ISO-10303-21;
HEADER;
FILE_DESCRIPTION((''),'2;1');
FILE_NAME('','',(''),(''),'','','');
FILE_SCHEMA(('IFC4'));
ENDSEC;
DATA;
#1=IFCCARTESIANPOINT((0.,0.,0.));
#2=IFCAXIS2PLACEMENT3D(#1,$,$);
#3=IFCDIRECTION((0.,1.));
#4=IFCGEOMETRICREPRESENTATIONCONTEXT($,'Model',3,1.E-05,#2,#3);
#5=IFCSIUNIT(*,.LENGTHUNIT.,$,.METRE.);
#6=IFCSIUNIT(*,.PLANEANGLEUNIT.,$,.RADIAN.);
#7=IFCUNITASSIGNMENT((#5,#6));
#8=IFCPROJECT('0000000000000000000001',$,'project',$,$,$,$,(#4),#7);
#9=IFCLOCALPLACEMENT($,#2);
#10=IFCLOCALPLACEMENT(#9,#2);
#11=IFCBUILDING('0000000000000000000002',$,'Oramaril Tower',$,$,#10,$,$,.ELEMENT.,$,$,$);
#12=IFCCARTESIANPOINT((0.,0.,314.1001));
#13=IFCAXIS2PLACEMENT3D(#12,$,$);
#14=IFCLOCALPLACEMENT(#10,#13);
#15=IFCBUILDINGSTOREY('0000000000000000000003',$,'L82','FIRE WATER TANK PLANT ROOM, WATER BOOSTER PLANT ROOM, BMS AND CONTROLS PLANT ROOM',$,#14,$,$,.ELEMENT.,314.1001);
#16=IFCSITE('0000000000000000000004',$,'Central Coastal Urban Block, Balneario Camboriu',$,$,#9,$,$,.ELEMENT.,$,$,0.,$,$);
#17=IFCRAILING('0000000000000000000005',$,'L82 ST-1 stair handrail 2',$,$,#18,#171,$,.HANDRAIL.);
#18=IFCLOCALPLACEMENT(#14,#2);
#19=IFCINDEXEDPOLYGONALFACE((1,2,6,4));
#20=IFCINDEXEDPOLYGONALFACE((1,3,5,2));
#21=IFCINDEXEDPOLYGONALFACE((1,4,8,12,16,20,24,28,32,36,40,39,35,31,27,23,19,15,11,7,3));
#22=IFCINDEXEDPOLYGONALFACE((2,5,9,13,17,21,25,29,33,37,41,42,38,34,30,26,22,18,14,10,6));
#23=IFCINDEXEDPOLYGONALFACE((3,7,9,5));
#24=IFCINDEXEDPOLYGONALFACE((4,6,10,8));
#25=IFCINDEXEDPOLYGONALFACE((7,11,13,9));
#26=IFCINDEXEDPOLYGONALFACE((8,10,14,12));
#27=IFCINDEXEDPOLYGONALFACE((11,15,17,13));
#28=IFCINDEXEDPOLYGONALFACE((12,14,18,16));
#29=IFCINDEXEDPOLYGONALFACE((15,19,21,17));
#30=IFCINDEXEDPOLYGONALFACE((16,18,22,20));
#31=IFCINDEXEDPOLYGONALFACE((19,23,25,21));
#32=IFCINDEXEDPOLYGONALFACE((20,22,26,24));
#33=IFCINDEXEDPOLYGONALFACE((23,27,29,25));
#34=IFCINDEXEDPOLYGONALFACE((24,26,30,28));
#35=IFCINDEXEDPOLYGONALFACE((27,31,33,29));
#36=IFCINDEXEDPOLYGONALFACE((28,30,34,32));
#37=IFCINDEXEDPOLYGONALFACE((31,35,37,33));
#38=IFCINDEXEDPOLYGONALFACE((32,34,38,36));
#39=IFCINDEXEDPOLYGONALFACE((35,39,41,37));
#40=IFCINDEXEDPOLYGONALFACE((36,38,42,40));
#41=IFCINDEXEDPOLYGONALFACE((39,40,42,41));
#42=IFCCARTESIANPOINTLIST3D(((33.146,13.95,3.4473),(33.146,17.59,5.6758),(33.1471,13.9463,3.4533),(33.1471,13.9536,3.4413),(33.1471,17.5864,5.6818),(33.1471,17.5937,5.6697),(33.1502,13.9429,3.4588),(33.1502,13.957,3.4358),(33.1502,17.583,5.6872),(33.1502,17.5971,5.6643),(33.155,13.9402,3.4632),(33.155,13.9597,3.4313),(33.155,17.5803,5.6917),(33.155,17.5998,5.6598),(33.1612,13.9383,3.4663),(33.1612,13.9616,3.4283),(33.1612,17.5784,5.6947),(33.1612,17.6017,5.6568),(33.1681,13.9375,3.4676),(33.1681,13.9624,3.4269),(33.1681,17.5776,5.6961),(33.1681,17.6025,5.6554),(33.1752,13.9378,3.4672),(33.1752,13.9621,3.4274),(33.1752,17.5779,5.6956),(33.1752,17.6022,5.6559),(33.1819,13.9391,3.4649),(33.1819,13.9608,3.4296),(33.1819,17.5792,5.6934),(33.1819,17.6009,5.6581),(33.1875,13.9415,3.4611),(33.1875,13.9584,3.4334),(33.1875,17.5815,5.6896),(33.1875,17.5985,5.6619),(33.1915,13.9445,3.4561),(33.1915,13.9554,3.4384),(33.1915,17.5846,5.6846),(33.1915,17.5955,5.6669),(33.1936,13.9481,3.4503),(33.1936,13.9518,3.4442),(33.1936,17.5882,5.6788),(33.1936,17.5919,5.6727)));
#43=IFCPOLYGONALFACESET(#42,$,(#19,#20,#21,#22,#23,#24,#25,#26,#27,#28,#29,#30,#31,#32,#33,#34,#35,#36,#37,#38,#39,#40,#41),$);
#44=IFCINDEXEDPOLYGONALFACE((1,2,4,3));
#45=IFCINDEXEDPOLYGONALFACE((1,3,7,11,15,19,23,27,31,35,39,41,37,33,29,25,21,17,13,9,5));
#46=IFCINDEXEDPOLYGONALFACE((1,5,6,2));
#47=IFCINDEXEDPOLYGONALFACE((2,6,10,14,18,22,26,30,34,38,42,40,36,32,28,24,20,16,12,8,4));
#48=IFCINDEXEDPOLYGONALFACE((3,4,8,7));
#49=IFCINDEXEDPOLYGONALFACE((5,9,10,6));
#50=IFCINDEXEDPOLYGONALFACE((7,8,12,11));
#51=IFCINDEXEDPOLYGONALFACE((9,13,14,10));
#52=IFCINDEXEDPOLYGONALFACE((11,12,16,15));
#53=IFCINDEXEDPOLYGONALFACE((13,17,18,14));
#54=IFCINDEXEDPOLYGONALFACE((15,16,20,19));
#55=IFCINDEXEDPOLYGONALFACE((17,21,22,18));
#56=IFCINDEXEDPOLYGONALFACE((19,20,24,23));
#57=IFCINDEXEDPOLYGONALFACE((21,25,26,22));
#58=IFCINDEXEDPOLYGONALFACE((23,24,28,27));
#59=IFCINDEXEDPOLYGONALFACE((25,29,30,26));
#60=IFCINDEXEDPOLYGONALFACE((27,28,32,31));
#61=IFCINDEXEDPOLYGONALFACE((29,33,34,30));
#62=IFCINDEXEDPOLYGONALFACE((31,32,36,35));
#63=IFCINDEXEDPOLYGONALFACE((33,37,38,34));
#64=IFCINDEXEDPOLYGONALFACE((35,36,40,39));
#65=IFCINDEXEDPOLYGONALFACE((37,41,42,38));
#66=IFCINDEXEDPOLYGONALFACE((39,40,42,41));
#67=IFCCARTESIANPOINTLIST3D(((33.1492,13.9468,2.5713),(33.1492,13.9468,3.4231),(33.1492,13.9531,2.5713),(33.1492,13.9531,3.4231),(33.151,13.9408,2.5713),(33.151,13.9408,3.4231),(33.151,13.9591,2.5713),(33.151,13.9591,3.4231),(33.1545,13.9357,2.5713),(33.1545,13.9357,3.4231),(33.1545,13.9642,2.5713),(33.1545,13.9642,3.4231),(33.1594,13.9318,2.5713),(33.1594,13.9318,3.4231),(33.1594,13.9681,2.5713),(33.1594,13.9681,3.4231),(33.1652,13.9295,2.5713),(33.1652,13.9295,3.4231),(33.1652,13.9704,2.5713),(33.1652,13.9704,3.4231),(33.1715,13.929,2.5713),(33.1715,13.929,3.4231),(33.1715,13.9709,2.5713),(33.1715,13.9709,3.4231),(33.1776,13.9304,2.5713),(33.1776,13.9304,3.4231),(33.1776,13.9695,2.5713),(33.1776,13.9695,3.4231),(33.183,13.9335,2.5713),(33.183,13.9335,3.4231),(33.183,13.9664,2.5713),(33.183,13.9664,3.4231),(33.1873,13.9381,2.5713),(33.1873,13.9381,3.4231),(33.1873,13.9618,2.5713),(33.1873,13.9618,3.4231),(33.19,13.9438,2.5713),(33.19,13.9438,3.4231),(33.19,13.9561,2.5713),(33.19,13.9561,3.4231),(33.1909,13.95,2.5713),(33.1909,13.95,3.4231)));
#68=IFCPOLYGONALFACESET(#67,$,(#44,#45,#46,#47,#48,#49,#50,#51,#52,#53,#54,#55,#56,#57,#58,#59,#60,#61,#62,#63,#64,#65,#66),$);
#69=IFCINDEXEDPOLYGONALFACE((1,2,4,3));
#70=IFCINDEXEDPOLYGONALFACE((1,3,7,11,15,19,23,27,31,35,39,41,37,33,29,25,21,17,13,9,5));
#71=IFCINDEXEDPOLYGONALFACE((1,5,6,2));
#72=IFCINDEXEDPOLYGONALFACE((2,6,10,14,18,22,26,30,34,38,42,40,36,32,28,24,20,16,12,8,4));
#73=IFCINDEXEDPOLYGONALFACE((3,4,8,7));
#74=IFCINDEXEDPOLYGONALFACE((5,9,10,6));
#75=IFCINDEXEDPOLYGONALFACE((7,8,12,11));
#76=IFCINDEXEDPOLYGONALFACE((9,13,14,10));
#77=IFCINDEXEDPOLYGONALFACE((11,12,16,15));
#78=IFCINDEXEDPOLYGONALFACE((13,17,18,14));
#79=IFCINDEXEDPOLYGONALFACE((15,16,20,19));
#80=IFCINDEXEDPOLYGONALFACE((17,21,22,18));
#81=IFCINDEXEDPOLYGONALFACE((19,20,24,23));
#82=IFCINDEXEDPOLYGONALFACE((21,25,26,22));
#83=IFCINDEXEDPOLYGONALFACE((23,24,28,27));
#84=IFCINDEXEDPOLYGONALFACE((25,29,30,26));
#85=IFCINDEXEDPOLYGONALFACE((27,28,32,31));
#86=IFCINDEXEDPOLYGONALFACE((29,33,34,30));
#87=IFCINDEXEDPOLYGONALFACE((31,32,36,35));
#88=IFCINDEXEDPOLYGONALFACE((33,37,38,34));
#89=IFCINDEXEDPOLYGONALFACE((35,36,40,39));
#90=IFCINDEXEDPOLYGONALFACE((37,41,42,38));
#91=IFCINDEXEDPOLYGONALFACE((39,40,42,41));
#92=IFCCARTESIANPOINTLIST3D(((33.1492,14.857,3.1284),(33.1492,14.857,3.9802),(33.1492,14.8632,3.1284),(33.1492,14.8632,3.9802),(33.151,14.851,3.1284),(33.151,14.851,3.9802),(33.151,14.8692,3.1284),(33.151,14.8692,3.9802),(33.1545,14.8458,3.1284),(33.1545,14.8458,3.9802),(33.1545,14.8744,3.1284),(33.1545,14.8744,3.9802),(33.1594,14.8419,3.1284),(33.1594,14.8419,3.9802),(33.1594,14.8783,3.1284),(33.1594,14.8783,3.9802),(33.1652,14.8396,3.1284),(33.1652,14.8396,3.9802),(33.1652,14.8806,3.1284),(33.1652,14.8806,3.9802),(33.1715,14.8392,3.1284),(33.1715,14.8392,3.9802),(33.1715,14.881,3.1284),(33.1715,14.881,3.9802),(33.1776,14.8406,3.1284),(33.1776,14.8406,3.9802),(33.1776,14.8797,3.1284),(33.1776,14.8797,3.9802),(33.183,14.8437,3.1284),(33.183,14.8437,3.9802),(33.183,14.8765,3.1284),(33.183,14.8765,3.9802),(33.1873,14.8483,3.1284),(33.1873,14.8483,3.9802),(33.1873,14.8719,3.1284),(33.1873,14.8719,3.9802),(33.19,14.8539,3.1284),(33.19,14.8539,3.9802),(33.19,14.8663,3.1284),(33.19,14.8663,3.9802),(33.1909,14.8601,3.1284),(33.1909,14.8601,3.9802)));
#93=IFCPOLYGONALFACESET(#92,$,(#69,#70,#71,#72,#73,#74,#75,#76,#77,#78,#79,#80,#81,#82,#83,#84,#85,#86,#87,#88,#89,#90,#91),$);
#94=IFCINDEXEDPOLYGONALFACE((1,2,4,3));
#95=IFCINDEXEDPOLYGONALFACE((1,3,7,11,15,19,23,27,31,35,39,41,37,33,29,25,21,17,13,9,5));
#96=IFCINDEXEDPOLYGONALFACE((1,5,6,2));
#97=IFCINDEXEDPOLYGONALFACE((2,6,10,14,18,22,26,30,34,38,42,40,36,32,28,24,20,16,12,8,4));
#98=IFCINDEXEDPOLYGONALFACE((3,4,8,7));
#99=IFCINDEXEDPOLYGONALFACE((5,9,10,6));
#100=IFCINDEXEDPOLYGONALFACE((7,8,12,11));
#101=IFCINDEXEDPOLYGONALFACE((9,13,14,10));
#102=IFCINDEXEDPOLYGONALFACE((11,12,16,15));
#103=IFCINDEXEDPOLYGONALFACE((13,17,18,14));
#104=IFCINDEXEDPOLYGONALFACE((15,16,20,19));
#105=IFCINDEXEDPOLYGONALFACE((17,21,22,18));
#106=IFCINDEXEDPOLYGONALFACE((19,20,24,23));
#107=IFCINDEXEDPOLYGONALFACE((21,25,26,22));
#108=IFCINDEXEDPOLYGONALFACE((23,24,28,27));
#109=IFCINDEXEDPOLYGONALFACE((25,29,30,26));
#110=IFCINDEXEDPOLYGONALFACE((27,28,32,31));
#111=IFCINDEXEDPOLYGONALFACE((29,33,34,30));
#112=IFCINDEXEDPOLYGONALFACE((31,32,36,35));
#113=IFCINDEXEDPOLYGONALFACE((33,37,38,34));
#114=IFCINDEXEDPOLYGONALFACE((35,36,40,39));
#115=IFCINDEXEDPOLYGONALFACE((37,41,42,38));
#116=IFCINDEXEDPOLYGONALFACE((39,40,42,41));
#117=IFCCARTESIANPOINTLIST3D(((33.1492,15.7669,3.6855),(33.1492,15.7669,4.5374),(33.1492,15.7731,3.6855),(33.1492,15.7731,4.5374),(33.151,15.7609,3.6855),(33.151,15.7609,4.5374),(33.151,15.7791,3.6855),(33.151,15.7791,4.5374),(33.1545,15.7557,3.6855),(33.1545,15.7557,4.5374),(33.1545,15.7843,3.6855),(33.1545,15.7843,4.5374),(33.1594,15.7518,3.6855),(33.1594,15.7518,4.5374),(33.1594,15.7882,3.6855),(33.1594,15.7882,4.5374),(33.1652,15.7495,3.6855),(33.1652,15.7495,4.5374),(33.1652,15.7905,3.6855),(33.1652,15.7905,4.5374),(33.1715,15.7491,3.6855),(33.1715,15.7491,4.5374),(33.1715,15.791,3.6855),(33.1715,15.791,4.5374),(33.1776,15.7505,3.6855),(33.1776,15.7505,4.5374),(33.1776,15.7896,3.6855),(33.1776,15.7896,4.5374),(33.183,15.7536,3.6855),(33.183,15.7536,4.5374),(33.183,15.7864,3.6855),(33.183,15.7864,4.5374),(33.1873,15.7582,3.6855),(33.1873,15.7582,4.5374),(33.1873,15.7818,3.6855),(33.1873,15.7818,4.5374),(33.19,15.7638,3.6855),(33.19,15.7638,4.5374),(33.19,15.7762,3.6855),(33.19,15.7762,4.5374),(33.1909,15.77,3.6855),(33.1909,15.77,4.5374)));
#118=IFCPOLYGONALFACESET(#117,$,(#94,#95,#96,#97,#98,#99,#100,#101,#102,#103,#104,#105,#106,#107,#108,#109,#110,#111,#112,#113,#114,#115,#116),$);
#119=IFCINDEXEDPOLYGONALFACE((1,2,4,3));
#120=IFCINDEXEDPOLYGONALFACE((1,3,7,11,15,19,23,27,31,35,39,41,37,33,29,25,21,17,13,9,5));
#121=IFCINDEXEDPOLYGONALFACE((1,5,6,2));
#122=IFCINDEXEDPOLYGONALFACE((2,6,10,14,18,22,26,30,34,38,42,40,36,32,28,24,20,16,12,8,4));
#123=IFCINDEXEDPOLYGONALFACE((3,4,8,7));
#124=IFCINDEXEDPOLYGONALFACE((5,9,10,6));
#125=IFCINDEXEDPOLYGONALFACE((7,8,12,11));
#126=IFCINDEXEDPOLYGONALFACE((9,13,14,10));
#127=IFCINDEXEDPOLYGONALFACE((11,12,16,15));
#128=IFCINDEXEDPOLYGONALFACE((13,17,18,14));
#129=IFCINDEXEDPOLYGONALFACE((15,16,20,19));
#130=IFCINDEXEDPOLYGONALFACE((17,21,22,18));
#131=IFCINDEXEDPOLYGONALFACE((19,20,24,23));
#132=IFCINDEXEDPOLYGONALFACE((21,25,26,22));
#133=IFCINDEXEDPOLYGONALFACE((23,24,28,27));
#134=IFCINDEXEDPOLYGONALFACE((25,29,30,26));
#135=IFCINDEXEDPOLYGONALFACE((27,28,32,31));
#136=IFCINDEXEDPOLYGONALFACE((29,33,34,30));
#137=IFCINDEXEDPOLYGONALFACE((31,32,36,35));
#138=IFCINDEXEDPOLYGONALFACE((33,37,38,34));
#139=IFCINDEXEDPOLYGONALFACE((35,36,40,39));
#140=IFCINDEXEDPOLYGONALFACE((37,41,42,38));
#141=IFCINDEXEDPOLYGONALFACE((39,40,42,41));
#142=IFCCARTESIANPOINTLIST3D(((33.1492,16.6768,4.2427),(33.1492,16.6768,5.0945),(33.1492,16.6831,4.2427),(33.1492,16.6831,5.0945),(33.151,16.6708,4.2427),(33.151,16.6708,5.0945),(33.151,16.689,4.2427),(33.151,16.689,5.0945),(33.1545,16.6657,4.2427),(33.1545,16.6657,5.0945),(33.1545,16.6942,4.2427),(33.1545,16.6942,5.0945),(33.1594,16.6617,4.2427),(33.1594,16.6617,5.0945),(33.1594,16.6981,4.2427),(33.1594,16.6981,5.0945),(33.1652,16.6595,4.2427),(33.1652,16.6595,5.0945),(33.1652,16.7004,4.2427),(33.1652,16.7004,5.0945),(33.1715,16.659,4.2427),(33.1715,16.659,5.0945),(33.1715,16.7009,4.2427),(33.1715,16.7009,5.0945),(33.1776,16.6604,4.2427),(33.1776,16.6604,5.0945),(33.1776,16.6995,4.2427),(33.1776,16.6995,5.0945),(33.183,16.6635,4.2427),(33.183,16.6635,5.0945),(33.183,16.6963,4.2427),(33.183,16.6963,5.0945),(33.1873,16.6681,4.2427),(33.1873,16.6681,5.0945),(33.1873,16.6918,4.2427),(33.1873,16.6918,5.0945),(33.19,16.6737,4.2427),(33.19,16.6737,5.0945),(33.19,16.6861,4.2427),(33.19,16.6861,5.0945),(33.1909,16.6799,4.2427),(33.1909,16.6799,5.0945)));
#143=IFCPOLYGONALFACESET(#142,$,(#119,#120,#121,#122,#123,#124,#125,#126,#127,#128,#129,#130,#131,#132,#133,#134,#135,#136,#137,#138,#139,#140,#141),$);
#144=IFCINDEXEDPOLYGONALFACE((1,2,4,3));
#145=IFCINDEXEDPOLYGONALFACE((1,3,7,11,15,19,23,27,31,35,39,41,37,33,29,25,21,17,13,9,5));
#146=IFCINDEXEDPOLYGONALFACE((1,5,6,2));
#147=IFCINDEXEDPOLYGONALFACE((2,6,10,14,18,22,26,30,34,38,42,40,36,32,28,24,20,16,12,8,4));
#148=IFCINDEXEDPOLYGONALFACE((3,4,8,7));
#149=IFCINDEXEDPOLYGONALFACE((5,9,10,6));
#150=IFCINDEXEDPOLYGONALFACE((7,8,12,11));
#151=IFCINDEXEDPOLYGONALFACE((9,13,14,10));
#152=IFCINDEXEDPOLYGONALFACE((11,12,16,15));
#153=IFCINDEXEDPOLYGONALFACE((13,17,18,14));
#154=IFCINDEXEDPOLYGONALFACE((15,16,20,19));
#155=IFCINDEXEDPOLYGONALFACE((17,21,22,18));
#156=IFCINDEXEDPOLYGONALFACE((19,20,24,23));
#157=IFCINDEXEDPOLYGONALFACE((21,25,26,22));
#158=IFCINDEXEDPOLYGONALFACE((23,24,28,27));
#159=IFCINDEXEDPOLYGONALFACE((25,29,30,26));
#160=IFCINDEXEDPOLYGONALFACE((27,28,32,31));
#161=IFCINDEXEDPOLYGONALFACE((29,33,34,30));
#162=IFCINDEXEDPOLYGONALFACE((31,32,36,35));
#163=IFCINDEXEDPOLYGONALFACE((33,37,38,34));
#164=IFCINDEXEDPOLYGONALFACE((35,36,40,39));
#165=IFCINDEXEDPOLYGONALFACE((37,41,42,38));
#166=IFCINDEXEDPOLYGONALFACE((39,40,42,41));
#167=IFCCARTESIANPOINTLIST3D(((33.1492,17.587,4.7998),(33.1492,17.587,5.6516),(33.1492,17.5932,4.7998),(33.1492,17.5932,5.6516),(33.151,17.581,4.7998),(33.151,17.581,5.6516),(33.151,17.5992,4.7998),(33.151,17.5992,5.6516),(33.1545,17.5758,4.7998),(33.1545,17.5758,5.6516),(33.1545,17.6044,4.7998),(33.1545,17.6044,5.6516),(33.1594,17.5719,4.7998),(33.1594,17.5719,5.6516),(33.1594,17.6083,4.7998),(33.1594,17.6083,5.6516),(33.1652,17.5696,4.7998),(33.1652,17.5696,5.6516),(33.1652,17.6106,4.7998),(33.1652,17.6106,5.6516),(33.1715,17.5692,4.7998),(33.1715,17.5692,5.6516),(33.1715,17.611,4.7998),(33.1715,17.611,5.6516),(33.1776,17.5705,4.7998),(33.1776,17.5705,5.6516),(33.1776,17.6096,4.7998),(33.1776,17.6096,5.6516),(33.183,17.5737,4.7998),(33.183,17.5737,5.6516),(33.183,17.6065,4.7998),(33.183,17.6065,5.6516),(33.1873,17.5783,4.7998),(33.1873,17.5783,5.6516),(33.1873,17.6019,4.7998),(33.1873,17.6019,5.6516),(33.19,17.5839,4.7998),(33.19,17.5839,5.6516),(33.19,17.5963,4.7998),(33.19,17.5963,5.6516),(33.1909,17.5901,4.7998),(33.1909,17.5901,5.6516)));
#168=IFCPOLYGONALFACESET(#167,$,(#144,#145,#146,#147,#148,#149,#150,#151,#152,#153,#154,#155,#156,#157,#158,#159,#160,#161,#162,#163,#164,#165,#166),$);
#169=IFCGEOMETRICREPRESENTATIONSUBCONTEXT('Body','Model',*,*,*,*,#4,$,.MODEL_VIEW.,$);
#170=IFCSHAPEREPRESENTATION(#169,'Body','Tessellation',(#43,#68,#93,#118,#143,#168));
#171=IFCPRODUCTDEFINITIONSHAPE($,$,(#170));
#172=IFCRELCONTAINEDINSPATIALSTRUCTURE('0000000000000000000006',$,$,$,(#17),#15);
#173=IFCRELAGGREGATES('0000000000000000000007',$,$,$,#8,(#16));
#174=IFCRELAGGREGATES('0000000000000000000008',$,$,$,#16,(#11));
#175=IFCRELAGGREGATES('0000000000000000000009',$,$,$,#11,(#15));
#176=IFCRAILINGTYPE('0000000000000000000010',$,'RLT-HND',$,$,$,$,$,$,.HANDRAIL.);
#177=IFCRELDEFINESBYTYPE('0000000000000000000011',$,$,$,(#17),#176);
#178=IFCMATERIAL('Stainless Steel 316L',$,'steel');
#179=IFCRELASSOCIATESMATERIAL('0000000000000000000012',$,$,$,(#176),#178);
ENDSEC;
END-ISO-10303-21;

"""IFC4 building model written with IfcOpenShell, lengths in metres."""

from ifc_helpers import new_model, si_unit, direction, frame, origin, origin_2d, place, context, subcontext, project, spatial, circle, extrude, material, type_object, element, save


model = new_model("IFC4")

# Units and contexts
model_context = context("Model", 3, precision=1e-05, world=origin(), true_north=direction((0.0, 1.0)))
body_context = subcontext(model_context, "Body", "Model", "MODEL_VIEW")
ifc_project = project(units=[si_unit("LENGTHUNIT", "METRE"), si_unit("PLANEANGLEUNIT", "RADIAN")], contexts=[model_context])

# Site, building, storey
site_placement = place(None, origin())
site = spatial("IfcSite", under=ifc_project, at=site_placement, Name="Central Coastal Urban Block, Balneario Camboriu", CompositionType="ELEMENT", RefElevation=0.0)
building_placement = place(site_placement, origin())
building = spatial("IfcBuilding", under=site, at=building_placement, Name="Oramaril Tower", CompositionType="ELEMENT")
storey_placement = place(building_placement, frame((0.0, 0.0, 314.1001)))
storey = spatial("IfcBuildingStorey", under=building, at=storey_placement, Name="L82", Description="FIRE WATER TANK PLANT ROOM, WATER BOOSTER PLANT ROOM, BMS AND CONTROLS PLANT ROOM", CompositionType="ELEMENT", Elevation=314.1001)

# Railing
ifc_material_1 = material(Name="Stainless Steel 316L", Category="steel")
railing_type_1 = type_object("IfcRailingType", Name="RLT-HND", PredefinedType="HANDRAIL", material=ifc_material_1)
railing_1_placement = place(storey_placement, frame((33.1699, 13.95, 2.5713)))
element("IfcRailing", 1, at=railing_1_placement, inside=storey, type_object=railing_type_1, Name="L82 ST-1 stair handrail 2", PredefinedType="HANDRAIL", context=body_context, shape_type="SweptSolid", body=[
    extrude(circle(Radius=0.0239, at=origin_2d()), frame((0.0, 0.0, 0.876), z_axis=(0.0, 0.852866, 0.52213), x_axis=(-1.0, 0.0, 0.0)), (0.0, 0.0, 1.0), 4.2681),
    extrude(circle(Radius=0.021, at=origin_2d()), origin(), (0.0, 0.0, 1.0), 0.8518),
    extrude(circle(Radius=0.021, at=origin_2d()), frame((0.0, 0.9102, 0.5571)), (0.0, 0.0, 1.0), 0.8518),
    extrude(circle(Radius=0.021, at=origin_2d()), frame((0.0, 1.8201, 1.1143)), (0.0, 0.0, 1.0), 0.8518),
    extrude(circle(Radius=0.021, at=origin_2d()), frame((0.0, 2.73, 1.6714)), (0.0, 0.0, 1.0), 0.8518),
    extrude(circle(Radius=0.021, at=origin_2d()), frame((0.0, 3.6401, 2.2285)), (0.0, 0.0, 1.0), 0.8518),
])

save(model, "model.ifc")
